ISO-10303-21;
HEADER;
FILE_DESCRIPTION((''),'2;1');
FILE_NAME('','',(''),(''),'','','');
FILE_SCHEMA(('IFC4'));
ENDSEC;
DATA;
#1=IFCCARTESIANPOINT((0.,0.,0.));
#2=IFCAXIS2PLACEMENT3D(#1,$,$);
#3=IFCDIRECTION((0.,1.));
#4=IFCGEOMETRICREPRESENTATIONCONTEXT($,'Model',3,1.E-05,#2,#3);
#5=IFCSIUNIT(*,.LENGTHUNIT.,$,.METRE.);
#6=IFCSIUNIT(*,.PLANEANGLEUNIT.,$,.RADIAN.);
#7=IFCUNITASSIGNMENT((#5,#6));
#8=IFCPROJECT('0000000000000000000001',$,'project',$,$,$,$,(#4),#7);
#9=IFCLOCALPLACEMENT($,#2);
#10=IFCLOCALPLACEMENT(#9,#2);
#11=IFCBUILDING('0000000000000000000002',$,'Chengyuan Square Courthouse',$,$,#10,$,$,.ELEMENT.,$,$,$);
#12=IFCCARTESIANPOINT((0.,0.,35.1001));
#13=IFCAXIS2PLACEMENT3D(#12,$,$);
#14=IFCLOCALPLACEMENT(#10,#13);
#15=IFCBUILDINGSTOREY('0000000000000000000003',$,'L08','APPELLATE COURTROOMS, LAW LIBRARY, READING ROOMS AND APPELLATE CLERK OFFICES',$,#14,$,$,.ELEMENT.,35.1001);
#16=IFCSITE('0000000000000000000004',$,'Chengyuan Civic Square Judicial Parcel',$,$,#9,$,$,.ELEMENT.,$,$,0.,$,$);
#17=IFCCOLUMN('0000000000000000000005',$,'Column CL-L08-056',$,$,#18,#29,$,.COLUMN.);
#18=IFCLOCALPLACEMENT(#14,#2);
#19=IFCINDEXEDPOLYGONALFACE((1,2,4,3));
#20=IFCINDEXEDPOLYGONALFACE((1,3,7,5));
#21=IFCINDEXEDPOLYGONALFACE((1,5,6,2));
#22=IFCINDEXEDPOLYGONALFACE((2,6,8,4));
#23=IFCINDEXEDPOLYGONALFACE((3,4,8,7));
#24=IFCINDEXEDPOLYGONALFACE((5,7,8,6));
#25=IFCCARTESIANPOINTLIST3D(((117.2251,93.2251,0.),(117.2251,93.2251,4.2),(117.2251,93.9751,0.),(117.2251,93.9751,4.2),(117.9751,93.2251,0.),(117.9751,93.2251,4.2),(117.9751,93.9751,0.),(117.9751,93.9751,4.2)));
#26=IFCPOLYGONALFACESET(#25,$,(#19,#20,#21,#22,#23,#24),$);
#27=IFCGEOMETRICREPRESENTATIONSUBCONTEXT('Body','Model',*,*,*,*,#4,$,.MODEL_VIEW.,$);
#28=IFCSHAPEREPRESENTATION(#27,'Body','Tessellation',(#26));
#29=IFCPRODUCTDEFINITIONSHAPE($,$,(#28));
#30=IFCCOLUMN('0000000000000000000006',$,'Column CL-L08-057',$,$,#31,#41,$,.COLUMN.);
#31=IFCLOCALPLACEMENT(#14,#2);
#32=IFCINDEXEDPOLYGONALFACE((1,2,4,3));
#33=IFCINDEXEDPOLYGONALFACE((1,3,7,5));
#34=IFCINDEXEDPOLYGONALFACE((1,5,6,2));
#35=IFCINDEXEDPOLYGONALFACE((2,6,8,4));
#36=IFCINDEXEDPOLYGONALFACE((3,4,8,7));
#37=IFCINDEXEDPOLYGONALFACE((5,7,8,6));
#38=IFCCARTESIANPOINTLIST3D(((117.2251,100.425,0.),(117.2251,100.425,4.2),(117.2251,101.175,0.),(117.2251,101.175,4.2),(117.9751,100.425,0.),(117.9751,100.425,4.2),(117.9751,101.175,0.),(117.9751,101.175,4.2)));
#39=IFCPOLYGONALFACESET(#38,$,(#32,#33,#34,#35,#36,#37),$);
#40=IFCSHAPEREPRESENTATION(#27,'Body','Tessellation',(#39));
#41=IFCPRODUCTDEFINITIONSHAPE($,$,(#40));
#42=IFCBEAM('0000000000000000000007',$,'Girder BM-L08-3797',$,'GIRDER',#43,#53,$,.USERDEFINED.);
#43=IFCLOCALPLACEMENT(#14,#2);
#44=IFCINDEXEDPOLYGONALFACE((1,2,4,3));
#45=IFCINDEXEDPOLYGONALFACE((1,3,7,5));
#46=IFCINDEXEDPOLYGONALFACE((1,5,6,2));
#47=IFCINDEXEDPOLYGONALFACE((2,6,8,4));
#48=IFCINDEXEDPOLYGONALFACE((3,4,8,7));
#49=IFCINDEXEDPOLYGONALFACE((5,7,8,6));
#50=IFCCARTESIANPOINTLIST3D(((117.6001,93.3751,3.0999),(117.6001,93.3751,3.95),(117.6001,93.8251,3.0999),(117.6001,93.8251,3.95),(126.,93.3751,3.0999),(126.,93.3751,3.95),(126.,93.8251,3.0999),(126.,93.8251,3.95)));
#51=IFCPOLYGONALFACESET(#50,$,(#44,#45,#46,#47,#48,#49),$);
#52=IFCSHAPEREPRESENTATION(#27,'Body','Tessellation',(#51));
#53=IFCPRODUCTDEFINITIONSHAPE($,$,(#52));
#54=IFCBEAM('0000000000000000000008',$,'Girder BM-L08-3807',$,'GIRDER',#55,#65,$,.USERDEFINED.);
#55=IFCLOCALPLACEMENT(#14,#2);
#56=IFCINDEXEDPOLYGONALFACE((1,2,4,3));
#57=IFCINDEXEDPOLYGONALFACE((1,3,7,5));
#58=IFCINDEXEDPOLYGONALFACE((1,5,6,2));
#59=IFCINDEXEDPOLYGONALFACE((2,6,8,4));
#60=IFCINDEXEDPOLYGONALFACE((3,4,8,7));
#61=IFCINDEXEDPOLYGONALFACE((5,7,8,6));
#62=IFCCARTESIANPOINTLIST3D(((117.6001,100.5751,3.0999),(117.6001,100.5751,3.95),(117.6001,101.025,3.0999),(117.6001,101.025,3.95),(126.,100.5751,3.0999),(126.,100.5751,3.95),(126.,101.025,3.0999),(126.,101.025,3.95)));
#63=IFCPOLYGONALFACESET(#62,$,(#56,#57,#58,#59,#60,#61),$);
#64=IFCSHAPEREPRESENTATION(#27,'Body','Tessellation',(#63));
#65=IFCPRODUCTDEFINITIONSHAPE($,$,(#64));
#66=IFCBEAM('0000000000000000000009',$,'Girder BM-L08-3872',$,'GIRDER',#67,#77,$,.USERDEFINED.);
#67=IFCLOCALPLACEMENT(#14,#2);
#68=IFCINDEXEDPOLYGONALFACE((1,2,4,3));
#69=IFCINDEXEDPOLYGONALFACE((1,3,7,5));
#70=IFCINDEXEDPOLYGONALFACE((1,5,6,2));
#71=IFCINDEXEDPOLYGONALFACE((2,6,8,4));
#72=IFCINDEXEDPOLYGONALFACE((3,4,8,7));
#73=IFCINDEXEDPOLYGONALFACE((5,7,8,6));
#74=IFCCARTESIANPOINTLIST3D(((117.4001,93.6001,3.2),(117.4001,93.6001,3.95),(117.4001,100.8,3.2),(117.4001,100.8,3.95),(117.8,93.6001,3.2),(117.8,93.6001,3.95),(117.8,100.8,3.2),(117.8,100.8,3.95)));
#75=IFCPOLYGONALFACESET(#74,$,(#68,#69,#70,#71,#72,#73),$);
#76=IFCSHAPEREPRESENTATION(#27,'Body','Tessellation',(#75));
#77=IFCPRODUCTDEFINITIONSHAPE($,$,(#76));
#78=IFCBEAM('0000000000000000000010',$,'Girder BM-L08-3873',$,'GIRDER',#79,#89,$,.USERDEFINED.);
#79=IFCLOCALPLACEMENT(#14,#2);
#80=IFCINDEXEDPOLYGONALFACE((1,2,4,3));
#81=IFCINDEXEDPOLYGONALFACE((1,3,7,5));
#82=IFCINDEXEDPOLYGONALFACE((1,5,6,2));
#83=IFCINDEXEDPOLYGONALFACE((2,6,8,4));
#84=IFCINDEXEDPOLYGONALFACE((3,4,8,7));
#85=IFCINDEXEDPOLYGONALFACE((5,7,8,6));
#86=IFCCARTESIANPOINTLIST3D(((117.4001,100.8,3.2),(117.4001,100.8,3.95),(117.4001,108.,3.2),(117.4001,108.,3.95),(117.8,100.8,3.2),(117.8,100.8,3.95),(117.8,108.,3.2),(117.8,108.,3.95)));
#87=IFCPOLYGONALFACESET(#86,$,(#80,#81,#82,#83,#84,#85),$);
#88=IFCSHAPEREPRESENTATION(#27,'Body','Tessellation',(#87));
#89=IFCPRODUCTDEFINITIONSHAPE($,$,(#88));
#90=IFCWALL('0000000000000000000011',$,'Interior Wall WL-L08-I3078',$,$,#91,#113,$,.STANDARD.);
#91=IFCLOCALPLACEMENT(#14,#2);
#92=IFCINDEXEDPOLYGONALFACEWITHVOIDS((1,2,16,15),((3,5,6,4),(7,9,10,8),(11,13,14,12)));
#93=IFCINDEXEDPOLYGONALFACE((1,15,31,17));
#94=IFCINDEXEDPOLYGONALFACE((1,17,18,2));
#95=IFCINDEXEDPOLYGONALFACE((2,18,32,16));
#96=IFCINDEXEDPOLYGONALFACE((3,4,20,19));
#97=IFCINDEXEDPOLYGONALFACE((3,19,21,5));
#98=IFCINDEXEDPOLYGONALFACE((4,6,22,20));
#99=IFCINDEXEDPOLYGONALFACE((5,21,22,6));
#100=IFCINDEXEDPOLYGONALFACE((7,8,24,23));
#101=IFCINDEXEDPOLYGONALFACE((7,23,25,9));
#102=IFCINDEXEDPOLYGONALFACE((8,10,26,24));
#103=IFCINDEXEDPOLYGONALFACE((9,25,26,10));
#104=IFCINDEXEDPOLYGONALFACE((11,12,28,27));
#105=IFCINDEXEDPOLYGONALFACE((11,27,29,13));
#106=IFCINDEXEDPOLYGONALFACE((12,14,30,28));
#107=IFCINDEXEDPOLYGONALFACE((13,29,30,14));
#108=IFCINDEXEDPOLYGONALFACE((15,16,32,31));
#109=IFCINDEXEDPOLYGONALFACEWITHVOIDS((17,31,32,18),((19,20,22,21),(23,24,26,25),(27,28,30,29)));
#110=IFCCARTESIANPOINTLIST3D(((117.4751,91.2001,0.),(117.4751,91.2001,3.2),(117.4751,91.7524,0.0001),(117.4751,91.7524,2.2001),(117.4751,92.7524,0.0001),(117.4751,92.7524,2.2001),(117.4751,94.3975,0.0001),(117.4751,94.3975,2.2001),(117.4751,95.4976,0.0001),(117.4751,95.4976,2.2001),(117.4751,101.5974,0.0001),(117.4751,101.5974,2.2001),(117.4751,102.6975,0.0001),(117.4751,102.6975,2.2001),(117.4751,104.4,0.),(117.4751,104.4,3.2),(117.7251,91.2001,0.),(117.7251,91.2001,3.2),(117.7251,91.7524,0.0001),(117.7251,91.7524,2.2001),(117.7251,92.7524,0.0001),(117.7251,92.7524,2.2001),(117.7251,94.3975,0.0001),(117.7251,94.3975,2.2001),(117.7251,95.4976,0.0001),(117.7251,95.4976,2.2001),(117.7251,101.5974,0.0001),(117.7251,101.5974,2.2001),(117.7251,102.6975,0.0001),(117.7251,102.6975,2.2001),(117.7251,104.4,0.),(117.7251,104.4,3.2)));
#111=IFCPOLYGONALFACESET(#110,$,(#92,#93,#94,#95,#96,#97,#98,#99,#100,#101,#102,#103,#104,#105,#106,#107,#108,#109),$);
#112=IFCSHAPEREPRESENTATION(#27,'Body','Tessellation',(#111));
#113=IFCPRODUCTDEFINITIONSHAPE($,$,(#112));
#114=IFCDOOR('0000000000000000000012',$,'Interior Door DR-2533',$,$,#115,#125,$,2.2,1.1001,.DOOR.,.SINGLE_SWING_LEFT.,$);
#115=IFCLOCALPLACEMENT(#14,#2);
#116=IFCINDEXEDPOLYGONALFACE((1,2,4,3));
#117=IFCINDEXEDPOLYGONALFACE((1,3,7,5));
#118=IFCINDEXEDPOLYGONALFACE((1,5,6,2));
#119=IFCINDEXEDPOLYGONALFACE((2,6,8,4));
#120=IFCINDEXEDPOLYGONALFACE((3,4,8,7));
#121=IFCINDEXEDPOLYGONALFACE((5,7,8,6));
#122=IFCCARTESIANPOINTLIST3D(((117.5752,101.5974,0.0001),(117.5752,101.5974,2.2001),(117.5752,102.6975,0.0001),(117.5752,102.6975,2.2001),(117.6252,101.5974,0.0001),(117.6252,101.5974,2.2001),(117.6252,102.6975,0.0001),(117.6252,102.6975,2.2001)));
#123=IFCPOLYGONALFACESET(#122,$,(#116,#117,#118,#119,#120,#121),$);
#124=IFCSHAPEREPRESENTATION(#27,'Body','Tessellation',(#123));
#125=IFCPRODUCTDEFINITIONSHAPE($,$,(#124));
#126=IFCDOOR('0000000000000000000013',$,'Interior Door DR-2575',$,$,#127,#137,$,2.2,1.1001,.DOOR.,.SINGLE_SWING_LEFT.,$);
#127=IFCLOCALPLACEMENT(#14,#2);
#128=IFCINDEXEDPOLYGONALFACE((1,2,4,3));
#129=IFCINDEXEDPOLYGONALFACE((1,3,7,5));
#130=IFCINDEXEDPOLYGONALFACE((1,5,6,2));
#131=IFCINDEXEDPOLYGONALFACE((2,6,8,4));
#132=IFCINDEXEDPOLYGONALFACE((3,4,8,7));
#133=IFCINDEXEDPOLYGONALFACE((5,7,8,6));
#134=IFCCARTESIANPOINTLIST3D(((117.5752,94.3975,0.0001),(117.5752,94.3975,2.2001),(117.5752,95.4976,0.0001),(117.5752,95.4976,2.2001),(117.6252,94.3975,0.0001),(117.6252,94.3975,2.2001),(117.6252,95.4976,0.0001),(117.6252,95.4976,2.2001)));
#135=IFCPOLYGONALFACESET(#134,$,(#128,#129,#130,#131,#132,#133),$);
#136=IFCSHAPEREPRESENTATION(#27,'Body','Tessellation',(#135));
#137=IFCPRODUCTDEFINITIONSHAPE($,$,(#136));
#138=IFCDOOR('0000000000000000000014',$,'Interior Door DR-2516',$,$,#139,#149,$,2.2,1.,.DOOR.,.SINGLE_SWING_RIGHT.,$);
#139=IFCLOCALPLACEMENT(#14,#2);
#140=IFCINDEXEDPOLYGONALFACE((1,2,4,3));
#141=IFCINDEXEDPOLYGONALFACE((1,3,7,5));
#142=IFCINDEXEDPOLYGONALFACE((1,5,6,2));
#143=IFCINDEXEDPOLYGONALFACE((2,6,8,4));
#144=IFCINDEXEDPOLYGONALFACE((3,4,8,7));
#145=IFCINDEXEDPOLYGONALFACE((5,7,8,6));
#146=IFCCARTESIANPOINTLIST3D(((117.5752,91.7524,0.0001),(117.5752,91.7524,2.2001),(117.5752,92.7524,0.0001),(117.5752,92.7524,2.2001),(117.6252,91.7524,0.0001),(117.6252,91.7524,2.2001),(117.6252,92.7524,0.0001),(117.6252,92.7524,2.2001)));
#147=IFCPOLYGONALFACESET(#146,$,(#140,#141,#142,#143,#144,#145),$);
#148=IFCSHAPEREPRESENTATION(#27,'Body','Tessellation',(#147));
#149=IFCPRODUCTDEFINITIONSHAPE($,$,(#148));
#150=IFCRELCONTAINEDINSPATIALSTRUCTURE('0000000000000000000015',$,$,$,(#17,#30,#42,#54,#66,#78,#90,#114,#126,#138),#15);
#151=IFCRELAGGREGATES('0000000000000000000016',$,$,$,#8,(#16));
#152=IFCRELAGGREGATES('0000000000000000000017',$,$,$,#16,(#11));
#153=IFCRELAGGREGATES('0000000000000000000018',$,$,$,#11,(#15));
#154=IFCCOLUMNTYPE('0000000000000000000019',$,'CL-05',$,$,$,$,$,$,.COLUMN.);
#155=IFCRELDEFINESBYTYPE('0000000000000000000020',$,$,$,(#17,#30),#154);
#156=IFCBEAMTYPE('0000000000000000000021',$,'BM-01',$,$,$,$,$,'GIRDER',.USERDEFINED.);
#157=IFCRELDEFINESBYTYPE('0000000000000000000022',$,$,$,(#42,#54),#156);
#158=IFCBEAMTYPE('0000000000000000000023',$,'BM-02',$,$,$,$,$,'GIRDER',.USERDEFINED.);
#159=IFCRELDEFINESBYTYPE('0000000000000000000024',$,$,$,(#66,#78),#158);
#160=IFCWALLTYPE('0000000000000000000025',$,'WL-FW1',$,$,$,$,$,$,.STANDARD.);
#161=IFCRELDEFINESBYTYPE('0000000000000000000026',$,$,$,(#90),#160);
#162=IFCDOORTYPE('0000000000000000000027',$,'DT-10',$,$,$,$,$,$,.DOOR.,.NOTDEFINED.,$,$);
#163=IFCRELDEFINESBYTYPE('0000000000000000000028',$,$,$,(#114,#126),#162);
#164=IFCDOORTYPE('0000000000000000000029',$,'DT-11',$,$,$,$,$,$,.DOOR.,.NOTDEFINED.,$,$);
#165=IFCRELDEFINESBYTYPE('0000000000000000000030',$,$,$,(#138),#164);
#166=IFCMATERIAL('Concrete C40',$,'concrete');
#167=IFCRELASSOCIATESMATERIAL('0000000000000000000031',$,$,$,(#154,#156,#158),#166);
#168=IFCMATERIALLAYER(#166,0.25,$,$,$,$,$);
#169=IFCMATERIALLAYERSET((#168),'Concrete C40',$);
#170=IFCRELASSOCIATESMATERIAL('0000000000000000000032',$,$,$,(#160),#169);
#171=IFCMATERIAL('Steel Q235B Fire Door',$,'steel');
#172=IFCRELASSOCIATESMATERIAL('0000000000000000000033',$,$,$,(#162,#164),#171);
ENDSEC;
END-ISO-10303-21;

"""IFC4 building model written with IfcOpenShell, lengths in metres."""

from ifc_helpers import new_model, si_unit, direction, frame, frame_2d, origin, origin_2d, place, context, subcontext, project, spatial, rectangle, extrude, material, layer, layer_set, material_profile, profile_set, type_object, element, fill, save


model = new_model("IFC4")

# Units and contexts
model_context = context("Model", 3, precision=1e-05, world=origin(), true_north=direction((0.0, 1.0)))
body_context = subcontext(model_context, "Body", "Model", "MODEL_VIEW")
ifc_project = project(units=[si_unit("LENGTHUNIT", "METRE"), si_unit("PLANEANGLEUNIT", "RADIAN")], contexts=[model_context])

# Site, building, storey
site_placement = place(None, origin())
site = spatial("IfcSite", under=ifc_project, at=site_placement, Name="Chengyuan Civic Square Judicial Parcel", CompositionType="ELEMENT", RefElevation=0.0)
building_placement = place(site_placement, origin())
building = spatial("IfcBuilding", under=site, at=building_placement, Name="Chengyuan Square Courthouse", CompositionType="ELEMENT")
storey_placement = place(building_placement, frame((0.0, 0.0, 35.1001)))
storey = spatial("IfcBuildingStorey", under=building, at=storey_placement, Name="L08", Description="APPELLATE COURTROOMS, LAW LIBRARY, READING ROOMS AND APPELLATE CLERK OFFICES", CompositionType="ELEMENT", Elevation=35.1001)

# Columns
ifc_material_1 = material(Name="Concrete C40", Category="concrete")
ifc_material_profile_1 = material_profile(ifc_material_1, rectangle(XDim=0.75, YDim=0.75, at=origin_2d()), Name="RC-COL-750x750")
ifc_profile_set_1 = profile_set([ifc_material_profile_1], Name="Concrete C40")
column_type = type_object("IfcColumnType", Name="CL-05", PredefinedType="COLUMN", material=ifc_profile_set_1)
for number, where, z_axis, x_axis, name in (
    (1, (117.6001, 93.6001, 0.0), (0.0, 0.0, 1.0), (1.0, 0.0, 0.0), "Column CL-L08-056"),
    (2, (117.6001, 100.8, 0.0), (0.0, 0.0, 1.0), (1.0, 0.0, 0.0), "Column CL-L08-057"),
):
    element("IfcColumn", number, at=place(storey_placement, frame(where, z_axis=z_axis, x_axis=x_axis)), inside=storey, type_object=column_type, Name=name, PredefinedType="COLUMN", context=body_context, shape_type="SweptSolid", body=[
        extrude(rectangle(XDim=0.75, YDim=0.75, at=origin_2d()), origin(), (0.0, 0.0, 1.0), 4.2),
    ])

# Beams
ifc_material_profile_2 = material_profile(ifc_material_1, rectangle(XDim=0.45, YDim=0.8501, at=origin_2d()), Name="RC-BM-450x850")
ifc_profile_set_2 = profile_set([ifc_material_profile_2], Name="Concrete C40")
beam_type_1 = type_object("IfcBeamType", Name="BM-01", ElementType="GIRDER", PredefinedType="USERDEFINED", material=ifc_profile_set_2)
for number, where, z_axis, x_axis, name in (
    (3, (117.6001, 93.6001, 3.5249), (1.0, 0.0, 0.0), (0.0, 1.0, 0.0), "Girder BM-L08-3797"),
    (4, (117.6001, 100.8, 3.5249), (1.0, 0.0, 0.0), (0.0, 1.0, 0.0), "Girder BM-L08-3807"),
):
    element("IfcBeam", number, at=place(storey_placement, frame(where, z_axis=z_axis, x_axis=x_axis)), inside=storey, type_object=beam_type_1, Name=name, ObjectType="GIRDER", PredefinedType="USERDEFINED", context=body_context, shape_type="SweptSolid", body=[
        extrude(rectangle(XDim=0.45, YDim=0.8501, at=origin_2d()), origin(), (0.0, 0.0, 1.0), 8.3999),
    ])
ifc_material_profile_3 = material_profile(ifc_material_1, rectangle(XDim=0.3999, YDim=0.75, at=origin_2d()), Name="RC-BM-400x750")
ifc_profile_set_3 = profile_set([ifc_material_profile_3], Name="Concrete C40")
beam_type_2 = type_object("IfcBeamType", Name="BM-02", ElementType="GIRDER", PredefinedType="USERDEFINED", material=ifc_profile_set_3)
for number, where, z_axis, x_axis, name in (
    (5, (117.6001, 93.6001, 3.575), (0.0, 1.0, 0.0), (-1.0, 0.0, 0.0), "Girder BM-L08-3872"),
    (6, (117.6001, 100.8, 3.575), (0.0, 1.0, 0.0), (-1.0, 0.0, 0.0), "Girder BM-L08-3873"),
):
    element("IfcBeam", number, at=place(storey_placement, frame(where, z_axis=z_axis, x_axis=x_axis)), inside=storey, type_object=beam_type_2, Name=name, ObjectType="GIRDER", PredefinedType="USERDEFINED", context=body_context, shape_type="SweptSolid", body=[
        extrude(rectangle(XDim=0.3999, YDim=0.75, at=origin_2d()), origin(), (0.0, 0.0, 1.0), 7.2),
    ])

# Shared definitions
ifc_layer_1 = layer(ifc_material_1, 0.25)
ifc_layer_set_1 = layer_set([ifc_layer_1], Name="Concrete C40")
wall_type_1 = type_object("IfcWallType", Name="WL-FW1", PredefinedType="STANDARD", material=ifc_layer_set_1)

# Wall, openings, doors
wall_1_placement = place(storey_placement, frame((117.6001, 91.2, 0.0), z_axis=(0.0, 0.0, 1.0), x_axis=(0.0, 1.0, 0.0)))
wall_1 = element("IfcWall", 7, at=wall_1_placement, inside=storey, type_object=wall_type_1, Name="Interior Wall WL-L08-I3078", PredefinedType="STANDARD", context=body_context, shape_type="SweptSolid", body=[
    extrude(rectangle(XDim=13.2, YDim=0.25, at=frame_2d((6.6001, 0.0))), origin(), (0.0, 0.0, 1.0), 3.2),
])
opening_1_placement = place(wall_1_placement, frame((0.5525, 0.0, 0.0)))
opening_1 = element("IfcOpeningElement", 8, at=opening_1_placement, cuts=wall_1, PredefinedType="OPENING", context=body_context, shape_type="SweptSolid", body=[
    extrude(rectangle(XDim=1.0, YDim=2.2, at=frame_2d((0.5, 1.1001))), frame((0.0, 0.137, 0.0), z_axis=(0.0, -1.0, 0.0), x_axis=(1.0, 0.0, 0.0)), (0.0, 0.0, 1.0), 0.2739),
])
opening_2_placement = place(wall_1_placement, frame((10.3975, 0.0, 0.0)))
opening_2 = element("IfcOpeningElement", 9, at=opening_2_placement, cuts=wall_1, PredefinedType="OPENING", context=body_context, shape_type="SweptSolid", body=[
    extrude(rectangle(XDim=1.1001, YDim=2.2, at=frame_2d((0.55, 1.1001))), frame((0.0, 0.137, 0.0), z_axis=(0.0, -1.0, 0.0), x_axis=(1.0, 0.0, 0.0)), (0.0, 0.0, 1.0), 0.2739),
])
opening_3_placement = place(wall_1_placement, frame((3.1975, 0.0, 0.0)))
opening_3 = element("IfcOpeningElement", 10, at=opening_3_placement, cuts=wall_1, PredefinedType="OPENING", context=body_context, shape_type="SweptSolid", body=[
    extrude(rectangle(XDim=1.1001, YDim=2.2, at=frame_2d((0.55, 1.1001))), frame((0.0, 0.137, 0.0), z_axis=(0.0, -1.0, 0.0), x_axis=(1.0, 0.0, 0.0)), (0.0, 0.0, 1.0), 0.2739),
])
ifc_material_2 = material(Name="Steel Q235B Fire Door", Category="steel")
door_type_1 = type_object("IfcDoorType", Name="DT-10", OperationType="NOTDEFINED", PredefinedType="DOOR", material=ifc_material_2)
door_1_placement = place(opening_2_placement, origin())
door_1 = element("IfcDoor", 11, at=door_1_placement, inside=storey, type_object=door_type_1, Name="Interior Door DR-2533", OperationType="SINGLE_SWING_LEFT", OverallHeight=2.2, OverallWidth=1.1001, PredefinedType="DOOR", context=body_context, shape_type="SweptSolid", body=[
    extrude(rectangle(XDim=1.1001, YDim=2.2, at=frame_2d((0.55, 1.1001))), frame((0.0, 0.0249, 0.0), z_axis=(0.0, -1.0, 0.0), x_axis=(1.0, 0.0, 0.0)), (0.0, 0.0, 1.0), 0.05),
])
fill(opening_2, door_1)
door_2_placement = place(opening_3_placement, origin())
door_2 = element("IfcDoor", 12, at=door_2_placement, inside=storey, type_object=door_type_1, Name="Interior Door DR-2575", OperationType="SINGLE_SWING_LEFT", OverallHeight=2.2, OverallWidth=1.1001, PredefinedType="DOOR", context=body_context, shape_type="SweptSolid", body=[
    extrude(rectangle(XDim=1.1001, YDim=2.2, at=frame_2d((0.55, 1.1001))), frame((0.0, 0.0249, 0.0), z_axis=(0.0, -1.0, 0.0), x_axis=(1.0, 0.0, 0.0)), (0.0, 0.0, 1.0), 0.05),
])
fill(opening_3, door_2)
door_type_2 = type_object("IfcDoorType", Name="DT-11", OperationType="NOTDEFINED", PredefinedType="DOOR", material=ifc_material_2)
door_3_placement = place(opening_1_placement, origin())
door_3 = element("IfcDoor", 13, at=door_3_placement, inside=storey, type_object=door_type_2, Name="Interior Door DR-2516", OperationType="SINGLE_SWING_RIGHT", OverallHeight=2.2, OverallWidth=1.0, PredefinedType="DOOR", context=body_context, shape_type="SweptSolid", body=[
    extrude(rectangle(XDim=1.0, YDim=2.2, at=frame_2d((0.5, 1.1001))), frame((0.0, 0.0249, 0.0), z_axis=(0.0, -1.0, 0.0), x_axis=(1.0, 0.0, 0.0)), (0.0, 0.0, 1.0), 0.05),
])
fill(opening_1, door_3)

save(model, "model.ifc")
